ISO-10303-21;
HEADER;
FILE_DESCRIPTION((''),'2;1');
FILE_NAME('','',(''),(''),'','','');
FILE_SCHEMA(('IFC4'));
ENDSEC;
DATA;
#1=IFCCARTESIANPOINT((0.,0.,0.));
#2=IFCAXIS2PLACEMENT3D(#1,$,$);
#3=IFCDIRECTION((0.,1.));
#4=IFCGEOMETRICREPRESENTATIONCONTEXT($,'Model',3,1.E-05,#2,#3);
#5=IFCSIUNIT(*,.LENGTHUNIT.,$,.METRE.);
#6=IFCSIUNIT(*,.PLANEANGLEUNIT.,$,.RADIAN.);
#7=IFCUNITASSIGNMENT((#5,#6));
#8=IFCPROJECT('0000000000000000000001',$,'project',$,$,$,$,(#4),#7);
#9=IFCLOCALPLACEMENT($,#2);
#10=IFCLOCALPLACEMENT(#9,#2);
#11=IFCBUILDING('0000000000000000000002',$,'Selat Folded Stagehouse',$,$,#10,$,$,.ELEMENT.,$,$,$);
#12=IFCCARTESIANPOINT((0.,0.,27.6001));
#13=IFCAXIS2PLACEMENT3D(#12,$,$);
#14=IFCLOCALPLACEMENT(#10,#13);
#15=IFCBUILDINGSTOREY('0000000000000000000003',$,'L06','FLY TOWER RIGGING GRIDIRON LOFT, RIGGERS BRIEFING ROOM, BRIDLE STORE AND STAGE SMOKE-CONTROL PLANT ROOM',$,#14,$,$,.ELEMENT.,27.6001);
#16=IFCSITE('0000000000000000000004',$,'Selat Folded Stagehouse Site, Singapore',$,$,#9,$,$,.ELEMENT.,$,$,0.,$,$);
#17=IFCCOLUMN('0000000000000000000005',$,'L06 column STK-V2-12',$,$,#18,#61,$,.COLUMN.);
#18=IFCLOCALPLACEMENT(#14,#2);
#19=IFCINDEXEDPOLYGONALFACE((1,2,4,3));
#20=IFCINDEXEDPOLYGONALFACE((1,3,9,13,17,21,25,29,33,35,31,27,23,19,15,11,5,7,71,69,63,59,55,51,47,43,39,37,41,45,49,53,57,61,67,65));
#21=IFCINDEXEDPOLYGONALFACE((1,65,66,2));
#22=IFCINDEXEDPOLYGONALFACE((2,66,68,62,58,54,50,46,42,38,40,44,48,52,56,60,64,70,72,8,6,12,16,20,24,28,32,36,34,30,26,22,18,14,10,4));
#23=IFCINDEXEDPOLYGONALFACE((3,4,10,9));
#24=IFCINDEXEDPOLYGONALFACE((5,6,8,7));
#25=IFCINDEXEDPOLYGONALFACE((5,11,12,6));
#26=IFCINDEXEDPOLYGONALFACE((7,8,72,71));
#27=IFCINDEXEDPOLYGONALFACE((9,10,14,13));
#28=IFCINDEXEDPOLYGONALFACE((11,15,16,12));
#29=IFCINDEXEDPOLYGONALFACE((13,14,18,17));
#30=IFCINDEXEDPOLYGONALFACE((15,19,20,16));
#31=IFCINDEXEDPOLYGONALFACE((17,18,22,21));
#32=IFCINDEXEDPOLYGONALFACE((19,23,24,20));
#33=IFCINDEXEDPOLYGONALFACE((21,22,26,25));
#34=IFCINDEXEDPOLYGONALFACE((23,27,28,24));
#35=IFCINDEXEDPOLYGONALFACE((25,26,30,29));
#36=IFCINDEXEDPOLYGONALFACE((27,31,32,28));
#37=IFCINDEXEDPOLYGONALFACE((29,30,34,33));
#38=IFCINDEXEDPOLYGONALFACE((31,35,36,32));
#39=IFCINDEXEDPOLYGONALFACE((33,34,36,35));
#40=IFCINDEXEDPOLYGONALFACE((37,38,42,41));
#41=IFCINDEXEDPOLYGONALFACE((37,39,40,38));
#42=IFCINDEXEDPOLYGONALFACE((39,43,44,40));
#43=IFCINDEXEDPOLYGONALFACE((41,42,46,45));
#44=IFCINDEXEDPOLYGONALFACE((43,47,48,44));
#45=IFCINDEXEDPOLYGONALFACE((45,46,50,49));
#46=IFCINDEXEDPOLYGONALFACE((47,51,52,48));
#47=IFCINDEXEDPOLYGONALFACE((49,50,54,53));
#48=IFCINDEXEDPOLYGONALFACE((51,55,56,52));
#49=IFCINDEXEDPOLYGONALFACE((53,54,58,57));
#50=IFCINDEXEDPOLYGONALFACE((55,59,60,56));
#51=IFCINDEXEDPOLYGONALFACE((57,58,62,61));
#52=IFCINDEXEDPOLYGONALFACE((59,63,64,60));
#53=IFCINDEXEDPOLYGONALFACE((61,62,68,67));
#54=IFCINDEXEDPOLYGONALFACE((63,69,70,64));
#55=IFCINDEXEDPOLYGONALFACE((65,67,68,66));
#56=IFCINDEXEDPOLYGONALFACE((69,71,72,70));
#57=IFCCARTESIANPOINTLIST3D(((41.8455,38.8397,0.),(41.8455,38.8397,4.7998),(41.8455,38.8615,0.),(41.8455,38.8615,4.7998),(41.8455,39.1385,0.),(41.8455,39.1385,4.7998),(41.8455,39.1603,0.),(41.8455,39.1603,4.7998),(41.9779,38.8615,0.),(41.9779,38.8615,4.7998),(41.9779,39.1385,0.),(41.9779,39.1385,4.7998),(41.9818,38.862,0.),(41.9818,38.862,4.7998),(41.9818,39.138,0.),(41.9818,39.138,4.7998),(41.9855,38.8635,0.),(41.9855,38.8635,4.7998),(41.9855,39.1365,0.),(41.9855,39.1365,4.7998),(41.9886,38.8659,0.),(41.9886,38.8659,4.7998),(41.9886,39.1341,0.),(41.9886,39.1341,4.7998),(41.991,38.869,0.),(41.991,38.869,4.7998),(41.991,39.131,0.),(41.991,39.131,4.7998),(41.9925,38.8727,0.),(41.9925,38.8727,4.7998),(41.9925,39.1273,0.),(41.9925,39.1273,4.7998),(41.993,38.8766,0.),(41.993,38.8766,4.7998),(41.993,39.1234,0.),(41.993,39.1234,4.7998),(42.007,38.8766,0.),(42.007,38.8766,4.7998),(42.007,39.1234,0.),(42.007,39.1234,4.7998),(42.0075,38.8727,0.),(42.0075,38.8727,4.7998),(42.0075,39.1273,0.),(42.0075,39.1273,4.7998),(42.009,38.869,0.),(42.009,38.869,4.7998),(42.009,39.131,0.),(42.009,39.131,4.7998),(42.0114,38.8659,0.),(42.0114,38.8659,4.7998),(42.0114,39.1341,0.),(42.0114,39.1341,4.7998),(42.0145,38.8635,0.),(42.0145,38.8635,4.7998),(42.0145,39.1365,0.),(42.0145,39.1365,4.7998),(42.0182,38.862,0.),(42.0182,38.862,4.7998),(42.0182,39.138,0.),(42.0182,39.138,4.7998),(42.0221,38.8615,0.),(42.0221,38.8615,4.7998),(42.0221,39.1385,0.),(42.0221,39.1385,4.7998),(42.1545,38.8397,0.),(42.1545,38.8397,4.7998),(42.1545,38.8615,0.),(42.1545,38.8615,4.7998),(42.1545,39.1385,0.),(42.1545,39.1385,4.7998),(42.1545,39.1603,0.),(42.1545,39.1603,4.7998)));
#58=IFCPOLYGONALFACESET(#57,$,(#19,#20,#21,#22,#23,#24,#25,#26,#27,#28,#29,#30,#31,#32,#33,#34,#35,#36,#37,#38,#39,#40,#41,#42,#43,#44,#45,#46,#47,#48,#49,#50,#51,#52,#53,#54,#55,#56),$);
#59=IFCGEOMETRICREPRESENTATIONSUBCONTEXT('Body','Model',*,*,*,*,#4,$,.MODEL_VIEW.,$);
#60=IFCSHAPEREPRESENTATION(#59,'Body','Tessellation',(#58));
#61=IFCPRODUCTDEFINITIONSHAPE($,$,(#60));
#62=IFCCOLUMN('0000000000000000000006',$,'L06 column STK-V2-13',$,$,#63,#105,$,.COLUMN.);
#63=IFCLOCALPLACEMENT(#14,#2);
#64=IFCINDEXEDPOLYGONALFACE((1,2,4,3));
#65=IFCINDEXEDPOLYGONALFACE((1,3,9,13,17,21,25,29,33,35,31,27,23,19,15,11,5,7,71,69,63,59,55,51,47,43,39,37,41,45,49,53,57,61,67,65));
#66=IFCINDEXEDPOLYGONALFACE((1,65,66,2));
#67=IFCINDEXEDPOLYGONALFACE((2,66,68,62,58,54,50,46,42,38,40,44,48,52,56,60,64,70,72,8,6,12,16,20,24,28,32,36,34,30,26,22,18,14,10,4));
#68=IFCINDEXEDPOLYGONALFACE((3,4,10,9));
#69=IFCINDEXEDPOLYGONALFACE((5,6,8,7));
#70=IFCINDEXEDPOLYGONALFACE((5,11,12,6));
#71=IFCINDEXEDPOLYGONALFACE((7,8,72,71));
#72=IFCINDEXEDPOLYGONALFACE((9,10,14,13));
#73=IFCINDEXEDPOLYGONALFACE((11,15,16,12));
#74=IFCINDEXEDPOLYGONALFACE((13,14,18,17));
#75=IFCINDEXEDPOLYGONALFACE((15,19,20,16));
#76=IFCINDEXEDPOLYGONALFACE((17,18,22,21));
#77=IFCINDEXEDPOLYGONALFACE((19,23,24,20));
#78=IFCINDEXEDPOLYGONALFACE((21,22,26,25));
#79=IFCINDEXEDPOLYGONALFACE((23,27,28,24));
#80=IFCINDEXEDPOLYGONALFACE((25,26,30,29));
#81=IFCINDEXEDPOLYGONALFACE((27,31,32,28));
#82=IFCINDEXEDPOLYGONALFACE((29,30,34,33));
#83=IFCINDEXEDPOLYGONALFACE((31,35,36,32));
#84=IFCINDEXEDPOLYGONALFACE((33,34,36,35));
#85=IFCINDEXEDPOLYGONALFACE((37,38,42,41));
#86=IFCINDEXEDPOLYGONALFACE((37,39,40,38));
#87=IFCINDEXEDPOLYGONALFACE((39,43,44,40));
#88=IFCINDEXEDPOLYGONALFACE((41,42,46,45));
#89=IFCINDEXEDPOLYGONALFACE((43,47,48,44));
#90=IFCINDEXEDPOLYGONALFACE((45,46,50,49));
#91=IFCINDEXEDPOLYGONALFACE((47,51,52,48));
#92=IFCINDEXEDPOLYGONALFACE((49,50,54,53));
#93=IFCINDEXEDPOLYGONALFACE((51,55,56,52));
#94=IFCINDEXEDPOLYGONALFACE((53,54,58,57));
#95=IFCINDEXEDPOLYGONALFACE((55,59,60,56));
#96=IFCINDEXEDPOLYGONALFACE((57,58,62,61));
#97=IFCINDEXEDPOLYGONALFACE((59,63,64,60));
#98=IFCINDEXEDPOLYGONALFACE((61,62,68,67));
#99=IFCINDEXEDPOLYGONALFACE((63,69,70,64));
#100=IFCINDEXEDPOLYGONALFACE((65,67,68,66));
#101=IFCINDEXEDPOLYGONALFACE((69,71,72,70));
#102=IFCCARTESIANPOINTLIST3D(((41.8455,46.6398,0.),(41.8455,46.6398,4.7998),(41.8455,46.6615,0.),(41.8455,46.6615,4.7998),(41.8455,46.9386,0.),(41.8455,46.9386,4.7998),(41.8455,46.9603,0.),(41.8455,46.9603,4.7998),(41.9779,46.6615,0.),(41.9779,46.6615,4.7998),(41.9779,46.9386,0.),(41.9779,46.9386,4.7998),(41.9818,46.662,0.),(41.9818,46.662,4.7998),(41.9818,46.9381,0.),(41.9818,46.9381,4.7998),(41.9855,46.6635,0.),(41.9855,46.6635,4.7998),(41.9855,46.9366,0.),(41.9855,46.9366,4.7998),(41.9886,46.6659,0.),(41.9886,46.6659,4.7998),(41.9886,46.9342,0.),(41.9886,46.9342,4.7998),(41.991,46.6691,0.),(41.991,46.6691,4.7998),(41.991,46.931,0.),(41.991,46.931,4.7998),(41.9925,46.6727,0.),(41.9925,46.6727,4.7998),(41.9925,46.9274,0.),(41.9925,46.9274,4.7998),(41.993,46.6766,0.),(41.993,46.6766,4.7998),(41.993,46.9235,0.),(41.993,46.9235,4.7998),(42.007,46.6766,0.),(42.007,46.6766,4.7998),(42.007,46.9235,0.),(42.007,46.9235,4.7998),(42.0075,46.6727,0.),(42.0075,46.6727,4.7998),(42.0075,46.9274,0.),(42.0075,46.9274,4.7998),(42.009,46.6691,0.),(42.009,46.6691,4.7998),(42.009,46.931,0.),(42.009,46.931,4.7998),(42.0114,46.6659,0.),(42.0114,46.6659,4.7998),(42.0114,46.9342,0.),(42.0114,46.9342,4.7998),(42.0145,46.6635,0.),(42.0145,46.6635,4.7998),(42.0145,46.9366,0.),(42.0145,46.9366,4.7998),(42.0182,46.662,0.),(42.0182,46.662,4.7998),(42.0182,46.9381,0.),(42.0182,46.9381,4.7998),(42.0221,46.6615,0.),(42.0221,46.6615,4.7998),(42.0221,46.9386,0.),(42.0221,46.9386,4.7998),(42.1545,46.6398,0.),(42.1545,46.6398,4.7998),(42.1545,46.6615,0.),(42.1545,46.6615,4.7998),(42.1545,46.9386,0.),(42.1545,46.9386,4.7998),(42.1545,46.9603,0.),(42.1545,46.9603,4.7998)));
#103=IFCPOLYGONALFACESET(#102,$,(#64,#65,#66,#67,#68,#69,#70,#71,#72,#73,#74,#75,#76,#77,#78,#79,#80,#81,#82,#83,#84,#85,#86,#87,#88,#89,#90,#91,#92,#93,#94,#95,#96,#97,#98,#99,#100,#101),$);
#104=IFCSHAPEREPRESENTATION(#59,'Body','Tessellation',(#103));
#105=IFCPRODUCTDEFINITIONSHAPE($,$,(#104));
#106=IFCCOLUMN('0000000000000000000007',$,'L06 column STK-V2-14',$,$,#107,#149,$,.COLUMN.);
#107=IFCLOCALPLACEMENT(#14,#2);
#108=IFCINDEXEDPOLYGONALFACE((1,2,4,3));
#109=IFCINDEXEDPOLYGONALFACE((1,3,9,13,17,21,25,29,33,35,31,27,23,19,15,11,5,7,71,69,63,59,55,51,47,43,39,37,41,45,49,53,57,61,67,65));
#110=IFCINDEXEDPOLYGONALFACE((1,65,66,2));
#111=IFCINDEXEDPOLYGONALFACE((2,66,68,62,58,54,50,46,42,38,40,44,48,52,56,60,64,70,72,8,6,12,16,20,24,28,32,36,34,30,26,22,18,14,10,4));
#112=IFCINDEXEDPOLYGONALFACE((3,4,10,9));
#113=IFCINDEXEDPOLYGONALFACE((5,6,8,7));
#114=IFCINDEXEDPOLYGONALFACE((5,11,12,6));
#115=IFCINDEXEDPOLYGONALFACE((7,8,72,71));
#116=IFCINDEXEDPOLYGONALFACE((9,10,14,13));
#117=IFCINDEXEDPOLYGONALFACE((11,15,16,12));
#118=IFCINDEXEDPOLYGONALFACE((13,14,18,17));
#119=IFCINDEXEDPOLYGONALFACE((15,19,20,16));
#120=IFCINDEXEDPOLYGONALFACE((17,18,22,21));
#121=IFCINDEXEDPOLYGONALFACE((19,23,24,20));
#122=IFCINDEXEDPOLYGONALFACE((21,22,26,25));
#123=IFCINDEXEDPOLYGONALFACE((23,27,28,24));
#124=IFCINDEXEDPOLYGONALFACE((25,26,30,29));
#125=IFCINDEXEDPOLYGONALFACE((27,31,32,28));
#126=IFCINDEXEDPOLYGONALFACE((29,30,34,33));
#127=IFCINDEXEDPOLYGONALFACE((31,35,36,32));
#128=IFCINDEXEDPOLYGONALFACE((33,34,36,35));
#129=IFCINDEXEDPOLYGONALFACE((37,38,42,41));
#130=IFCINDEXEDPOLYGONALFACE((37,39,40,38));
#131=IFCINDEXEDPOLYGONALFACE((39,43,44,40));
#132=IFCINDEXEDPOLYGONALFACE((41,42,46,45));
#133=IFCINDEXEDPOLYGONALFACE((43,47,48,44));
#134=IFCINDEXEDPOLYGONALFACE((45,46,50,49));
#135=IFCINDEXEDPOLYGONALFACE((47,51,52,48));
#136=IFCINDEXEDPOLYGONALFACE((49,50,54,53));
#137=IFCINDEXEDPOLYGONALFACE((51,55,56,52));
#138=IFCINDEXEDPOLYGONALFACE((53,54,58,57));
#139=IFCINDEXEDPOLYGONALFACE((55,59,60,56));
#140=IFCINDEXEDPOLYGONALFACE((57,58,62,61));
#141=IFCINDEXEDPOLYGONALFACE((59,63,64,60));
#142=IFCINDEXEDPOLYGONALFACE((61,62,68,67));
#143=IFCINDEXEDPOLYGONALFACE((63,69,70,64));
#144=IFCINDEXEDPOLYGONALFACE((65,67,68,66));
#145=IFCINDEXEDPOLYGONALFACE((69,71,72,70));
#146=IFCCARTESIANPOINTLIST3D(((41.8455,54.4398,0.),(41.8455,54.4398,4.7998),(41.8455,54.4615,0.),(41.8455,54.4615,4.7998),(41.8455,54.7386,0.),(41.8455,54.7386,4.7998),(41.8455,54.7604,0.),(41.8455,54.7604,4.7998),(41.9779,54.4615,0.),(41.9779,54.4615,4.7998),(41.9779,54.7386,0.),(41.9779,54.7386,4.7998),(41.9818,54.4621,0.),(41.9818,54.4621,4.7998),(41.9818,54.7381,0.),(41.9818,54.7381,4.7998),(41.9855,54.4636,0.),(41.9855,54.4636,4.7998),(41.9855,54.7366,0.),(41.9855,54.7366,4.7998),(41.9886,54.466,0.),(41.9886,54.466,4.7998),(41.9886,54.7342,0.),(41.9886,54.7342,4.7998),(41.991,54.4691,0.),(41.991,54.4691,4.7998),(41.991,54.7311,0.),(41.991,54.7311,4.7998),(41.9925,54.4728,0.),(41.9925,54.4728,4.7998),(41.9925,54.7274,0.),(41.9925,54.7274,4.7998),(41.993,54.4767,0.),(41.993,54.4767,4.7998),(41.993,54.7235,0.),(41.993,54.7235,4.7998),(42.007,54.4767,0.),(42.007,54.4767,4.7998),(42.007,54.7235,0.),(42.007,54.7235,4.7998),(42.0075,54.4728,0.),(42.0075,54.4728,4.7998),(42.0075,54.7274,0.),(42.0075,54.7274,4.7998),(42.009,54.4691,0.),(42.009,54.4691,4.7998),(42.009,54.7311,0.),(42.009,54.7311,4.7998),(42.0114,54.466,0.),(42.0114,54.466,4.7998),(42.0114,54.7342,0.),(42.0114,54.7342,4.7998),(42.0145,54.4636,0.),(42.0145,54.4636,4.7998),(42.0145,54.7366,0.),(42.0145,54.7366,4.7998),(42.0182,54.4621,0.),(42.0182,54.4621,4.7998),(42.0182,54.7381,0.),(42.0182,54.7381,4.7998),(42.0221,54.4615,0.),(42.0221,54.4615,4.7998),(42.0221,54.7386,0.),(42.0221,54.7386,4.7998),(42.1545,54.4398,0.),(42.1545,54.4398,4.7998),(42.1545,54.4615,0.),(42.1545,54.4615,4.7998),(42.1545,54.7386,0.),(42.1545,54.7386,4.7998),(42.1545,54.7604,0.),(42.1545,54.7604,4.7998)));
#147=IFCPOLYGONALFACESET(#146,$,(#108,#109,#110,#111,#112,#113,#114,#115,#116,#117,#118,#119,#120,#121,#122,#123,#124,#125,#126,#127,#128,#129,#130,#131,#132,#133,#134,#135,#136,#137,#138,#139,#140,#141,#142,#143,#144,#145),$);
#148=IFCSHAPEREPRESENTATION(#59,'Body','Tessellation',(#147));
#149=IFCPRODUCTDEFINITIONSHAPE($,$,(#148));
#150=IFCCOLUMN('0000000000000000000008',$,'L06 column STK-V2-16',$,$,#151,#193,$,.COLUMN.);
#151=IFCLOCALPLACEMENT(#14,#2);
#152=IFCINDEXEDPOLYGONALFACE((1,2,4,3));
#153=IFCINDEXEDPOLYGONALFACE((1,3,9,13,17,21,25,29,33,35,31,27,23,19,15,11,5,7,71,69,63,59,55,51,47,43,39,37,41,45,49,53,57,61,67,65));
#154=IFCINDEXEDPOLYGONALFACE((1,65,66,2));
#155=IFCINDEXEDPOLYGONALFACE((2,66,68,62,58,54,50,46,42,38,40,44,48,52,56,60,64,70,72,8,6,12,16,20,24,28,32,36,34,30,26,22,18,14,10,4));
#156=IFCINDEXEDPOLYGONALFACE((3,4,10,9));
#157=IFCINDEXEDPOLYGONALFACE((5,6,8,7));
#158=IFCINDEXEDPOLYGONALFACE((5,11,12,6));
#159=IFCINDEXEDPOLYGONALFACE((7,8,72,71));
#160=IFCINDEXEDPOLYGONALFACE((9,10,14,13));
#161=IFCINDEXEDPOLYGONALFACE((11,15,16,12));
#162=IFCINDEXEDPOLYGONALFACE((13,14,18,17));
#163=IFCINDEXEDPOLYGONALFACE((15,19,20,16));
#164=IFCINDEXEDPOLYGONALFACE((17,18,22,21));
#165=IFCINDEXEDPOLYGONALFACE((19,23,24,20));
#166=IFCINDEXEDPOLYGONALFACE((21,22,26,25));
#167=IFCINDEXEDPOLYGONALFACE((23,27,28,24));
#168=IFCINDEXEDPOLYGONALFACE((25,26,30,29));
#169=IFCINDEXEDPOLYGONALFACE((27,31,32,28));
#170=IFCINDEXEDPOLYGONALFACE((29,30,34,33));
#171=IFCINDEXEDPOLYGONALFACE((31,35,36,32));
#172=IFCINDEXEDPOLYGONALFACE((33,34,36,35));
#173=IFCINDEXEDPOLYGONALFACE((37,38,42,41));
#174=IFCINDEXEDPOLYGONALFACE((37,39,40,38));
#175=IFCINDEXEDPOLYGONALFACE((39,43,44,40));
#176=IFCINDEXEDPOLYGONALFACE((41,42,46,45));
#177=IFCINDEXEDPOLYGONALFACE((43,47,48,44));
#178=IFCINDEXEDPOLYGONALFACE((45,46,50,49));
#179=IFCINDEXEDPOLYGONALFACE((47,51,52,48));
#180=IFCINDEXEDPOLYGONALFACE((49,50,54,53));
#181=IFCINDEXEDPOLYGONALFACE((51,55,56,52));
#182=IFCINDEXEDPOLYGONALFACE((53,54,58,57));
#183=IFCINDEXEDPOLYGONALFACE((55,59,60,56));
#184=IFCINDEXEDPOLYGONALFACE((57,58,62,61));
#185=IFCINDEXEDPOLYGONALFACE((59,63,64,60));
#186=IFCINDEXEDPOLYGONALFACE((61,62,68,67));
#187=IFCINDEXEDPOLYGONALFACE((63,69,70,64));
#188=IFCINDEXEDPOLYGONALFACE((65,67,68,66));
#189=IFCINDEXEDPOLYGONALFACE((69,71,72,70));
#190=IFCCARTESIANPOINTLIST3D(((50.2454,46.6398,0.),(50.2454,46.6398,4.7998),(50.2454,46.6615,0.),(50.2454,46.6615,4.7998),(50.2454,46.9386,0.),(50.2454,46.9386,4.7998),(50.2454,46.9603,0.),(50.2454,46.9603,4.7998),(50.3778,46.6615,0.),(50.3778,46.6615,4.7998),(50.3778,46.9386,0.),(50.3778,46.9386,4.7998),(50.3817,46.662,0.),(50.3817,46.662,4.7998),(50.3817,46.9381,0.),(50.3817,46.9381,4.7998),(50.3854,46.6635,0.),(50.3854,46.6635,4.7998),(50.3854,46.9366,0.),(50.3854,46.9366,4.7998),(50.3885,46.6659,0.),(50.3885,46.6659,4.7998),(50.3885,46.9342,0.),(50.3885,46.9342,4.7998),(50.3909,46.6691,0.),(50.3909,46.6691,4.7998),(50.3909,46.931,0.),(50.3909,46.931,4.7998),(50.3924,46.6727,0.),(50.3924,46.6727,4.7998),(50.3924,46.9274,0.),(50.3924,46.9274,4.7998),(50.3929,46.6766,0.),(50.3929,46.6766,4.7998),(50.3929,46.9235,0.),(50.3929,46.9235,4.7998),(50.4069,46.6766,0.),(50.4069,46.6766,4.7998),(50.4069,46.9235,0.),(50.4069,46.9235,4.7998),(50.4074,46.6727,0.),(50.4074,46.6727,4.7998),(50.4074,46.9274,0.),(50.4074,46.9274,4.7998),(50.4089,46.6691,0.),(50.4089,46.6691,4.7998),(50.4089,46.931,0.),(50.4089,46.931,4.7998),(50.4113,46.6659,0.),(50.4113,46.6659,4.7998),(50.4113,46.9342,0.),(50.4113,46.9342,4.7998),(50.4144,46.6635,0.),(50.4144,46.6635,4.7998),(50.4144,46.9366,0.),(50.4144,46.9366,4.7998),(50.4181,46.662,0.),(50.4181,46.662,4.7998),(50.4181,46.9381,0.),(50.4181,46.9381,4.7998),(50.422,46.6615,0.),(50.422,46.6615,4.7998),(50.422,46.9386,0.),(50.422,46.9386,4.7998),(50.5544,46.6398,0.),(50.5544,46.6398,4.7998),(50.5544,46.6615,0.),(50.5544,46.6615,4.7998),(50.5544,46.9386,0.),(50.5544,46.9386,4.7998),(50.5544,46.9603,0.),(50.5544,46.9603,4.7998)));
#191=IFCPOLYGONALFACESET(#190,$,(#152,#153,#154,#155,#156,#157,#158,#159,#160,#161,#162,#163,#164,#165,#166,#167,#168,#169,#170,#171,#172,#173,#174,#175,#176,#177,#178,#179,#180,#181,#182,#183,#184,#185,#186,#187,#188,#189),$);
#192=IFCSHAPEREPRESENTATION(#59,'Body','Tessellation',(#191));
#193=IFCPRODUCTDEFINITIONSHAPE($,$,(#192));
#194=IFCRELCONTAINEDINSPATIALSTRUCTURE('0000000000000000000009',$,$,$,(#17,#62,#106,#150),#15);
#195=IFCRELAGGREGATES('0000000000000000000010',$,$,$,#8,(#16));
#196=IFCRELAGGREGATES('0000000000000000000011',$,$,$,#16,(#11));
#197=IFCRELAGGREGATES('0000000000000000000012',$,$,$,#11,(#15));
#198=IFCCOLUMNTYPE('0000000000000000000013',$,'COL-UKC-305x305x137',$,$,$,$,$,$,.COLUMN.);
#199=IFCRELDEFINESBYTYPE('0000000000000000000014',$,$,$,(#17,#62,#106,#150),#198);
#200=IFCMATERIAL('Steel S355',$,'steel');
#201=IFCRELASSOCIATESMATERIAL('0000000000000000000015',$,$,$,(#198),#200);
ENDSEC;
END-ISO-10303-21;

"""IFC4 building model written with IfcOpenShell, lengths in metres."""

from ifc_helpers import new_model, si_unit, direction, frame, origin, origin_2d, place, context, subcontext, project, spatial, i_section, extrude, material, material_profile, profile_set, type_object, element, save


model = new_model("IFC4")

# Units and contexts
model_context = context("Model", 3, precision=1e-05, world=origin(), true_north=direction((0.0, 1.0)))
body_context = subcontext(model_context, "Body", "Model", "MODEL_VIEW")
ifc_project = project(units=[si_unit("LENGTHUNIT", "METRE"), si_unit("PLANEANGLEUNIT", "RADIAN")], contexts=[model_context])

# Site, building, storey
site_placement = place(None, origin())
site = spatial("IfcSite", under=ifc_project, at=site_placement, Name="Selat Folded Stagehouse Site, Singapore", CompositionType="ELEMENT", RefElevation=0.0)
building_placement = place(site_placement, origin())
building = spatial("IfcBuilding", under=site, at=building_placement, Name="Selat Folded Stagehouse", CompositionType="ELEMENT")
storey_placement = place(building_placement, frame((0.0, 0.0, 27.6001)))
storey = spatial("IfcBuildingStorey", under=building, at=storey_placement, Name="L06", Description="FLY TOWER RIGGING GRIDIRON LOFT, RIGGERS BRIEFING ROOM, BRIDLE STORE AND STAGE SMOKE-CONTROL PLANT ROOM", CompositionType="ELEMENT", Elevation=27.6001)

# Columns
ifc_material_1 = material(Name="Steel S355", Category="steel")
ifc_material_profile = material_profile(ifc_material_1, i_section(OverallWidth=0.3091, OverallDepth=0.3206, WebThickness=0.0139, FlangeThickness=0.0217, FilletRadius=0.0151, at=origin_2d()), Name="UKC 305x305x137")
ifc_profile_set = profile_set([ifc_material_profile], Name="Steel S355")
column_type = type_object("IfcColumnType", Name="COL-UKC-305x305x137", PredefinedType="COLUMN", material=ifc_profile_set)
for number, where, z_axis, x_axis, name in (
    (1, (42.0, 39.0, 0.0), (0.0, 0.0, 1.0), (1.0, 0.0, 0.0), "L06 column STK-V2-12"),
    (2, (42.0, 46.8, 0.0), (0.0, 0.0, 1.0), (1.0, 0.0, 0.0), "L06 column STK-V2-13"),
    (3, (42.0, 54.6001, 0.0), (0.0, 0.0, 1.0), (1.0, 0.0, 0.0), "L06 column STK-V2-14"),
    (4, (50.3999, 46.8, 0.0), (0.0, 0.0, 1.0), (1.0, 0.0, 0.0), "L06 column STK-V2-16"),
):
    element("IfcColumn", number, at=place(storey_placement, frame(where, z_axis=z_axis, x_axis=x_axis)), inside=storey, type_object=column_type, Name=name, PredefinedType="COLUMN", context=body_context, shape_type="SweptSolid", body=[
        extrude(i_section(OverallWidth=0.3091, OverallDepth=0.3206, WebThickness=0.0139, FlangeThickness=0.0217, FilletRadius=0.0151, at=origin_2d()), origin(), (0.0, 0.0, 1.0), 4.7998),
    ])

save(model, "model.ifc")
